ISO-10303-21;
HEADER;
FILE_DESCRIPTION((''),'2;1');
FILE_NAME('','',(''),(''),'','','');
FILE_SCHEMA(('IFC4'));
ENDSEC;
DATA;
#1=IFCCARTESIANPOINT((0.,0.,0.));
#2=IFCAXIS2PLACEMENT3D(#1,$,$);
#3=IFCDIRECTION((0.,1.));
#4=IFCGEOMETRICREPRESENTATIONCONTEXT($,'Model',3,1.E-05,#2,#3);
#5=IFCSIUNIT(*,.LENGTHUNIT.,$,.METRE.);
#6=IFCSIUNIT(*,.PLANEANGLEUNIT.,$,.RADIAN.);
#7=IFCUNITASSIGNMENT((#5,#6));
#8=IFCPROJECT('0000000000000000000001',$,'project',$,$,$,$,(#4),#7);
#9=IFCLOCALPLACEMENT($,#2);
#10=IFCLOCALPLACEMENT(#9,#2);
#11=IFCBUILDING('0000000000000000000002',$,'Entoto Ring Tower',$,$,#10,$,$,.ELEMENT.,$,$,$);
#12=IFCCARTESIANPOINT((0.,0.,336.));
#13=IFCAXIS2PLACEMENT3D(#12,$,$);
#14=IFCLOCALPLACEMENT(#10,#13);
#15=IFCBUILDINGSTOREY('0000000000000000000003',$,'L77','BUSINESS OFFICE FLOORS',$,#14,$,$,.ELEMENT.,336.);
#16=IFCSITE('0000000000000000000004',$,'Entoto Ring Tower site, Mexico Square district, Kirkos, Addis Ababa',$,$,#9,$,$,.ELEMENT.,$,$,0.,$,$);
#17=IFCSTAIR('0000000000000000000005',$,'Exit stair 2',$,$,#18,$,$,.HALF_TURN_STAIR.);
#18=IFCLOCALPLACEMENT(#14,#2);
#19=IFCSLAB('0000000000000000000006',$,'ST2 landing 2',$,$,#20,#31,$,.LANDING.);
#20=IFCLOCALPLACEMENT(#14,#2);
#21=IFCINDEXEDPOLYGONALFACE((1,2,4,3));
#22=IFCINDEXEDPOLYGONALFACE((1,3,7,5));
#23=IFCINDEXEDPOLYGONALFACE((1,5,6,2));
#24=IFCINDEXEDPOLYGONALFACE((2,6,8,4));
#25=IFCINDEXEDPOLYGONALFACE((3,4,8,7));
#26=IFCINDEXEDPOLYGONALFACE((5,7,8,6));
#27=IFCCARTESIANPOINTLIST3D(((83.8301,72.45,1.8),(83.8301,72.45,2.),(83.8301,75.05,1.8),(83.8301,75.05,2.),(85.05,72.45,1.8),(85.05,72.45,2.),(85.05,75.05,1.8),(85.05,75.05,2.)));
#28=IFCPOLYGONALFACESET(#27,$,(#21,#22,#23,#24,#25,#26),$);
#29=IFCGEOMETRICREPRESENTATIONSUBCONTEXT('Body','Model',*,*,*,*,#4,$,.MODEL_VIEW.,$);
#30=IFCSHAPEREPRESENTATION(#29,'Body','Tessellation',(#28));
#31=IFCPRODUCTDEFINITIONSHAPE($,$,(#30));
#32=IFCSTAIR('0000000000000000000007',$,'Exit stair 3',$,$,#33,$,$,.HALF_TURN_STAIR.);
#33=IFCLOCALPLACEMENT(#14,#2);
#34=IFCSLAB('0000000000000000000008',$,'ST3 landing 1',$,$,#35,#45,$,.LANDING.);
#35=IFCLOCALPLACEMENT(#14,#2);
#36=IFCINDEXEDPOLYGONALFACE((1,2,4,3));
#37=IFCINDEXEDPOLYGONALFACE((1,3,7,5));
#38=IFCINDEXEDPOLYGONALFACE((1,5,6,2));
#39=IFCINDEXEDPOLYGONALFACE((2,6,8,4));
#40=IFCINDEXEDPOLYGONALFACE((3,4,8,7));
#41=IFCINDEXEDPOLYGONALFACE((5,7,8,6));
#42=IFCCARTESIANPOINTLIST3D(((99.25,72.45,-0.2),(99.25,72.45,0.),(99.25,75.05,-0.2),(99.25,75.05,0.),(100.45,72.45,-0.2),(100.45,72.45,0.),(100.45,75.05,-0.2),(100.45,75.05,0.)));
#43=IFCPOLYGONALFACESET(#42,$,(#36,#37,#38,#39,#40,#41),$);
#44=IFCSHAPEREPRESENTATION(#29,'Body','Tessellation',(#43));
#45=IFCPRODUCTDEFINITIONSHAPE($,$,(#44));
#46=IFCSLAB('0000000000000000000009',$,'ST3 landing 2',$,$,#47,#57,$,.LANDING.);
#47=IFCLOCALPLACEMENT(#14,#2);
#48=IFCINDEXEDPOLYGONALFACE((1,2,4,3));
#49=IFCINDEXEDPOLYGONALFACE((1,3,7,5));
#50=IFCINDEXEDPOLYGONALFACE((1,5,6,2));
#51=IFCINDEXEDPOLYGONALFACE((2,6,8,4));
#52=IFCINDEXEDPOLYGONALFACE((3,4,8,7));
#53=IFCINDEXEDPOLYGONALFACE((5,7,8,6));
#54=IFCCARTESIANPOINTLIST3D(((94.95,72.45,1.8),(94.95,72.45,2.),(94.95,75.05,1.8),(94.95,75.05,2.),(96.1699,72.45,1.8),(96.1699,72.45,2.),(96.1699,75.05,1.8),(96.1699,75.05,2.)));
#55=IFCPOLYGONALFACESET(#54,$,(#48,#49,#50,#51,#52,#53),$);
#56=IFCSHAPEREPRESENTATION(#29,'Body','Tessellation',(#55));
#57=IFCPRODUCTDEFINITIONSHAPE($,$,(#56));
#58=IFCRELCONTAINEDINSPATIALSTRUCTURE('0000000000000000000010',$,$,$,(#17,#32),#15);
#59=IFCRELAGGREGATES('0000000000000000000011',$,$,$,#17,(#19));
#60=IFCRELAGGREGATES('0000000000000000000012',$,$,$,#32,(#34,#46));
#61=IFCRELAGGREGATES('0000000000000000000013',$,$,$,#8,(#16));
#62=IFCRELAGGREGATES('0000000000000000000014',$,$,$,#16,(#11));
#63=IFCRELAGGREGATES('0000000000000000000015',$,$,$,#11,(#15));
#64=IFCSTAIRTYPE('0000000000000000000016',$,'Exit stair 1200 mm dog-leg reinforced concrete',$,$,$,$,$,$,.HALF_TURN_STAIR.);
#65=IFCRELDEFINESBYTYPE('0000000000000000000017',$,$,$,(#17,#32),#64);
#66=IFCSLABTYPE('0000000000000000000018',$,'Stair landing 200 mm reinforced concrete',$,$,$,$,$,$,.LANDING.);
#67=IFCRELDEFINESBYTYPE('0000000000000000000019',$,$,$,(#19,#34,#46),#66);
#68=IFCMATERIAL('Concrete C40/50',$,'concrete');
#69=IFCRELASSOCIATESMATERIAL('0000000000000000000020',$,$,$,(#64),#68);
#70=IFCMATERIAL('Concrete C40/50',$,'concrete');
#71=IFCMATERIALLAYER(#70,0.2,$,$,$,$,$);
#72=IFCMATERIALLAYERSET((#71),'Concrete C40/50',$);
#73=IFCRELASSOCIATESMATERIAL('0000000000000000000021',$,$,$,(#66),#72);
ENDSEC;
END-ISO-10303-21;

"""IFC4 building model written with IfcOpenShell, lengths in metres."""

from ifc_helpers import new_model, si_unit, direction, frame, origin, place, context, subcontext, project, spatial, polyline, outline, extrude, material, layer, layer_set, type_object, element, aggregate, save


model = new_model("IFC4")

# Units and contexts
model_context = context("Model", 3, precision=1e-05, world=origin(), true_north=direction((0.0, 1.0)))
body_context = subcontext(model_context, "Body", "Model", "MODEL_VIEW")
ifc_project = project(units=[si_unit("LENGTHUNIT", "METRE"), si_unit("PLANEANGLEUNIT", "RADIAN")], contexts=[model_context])

# Site, building, storey
site_placement = place(None, origin())
site = spatial("IfcSite", under=ifc_project, at=site_placement, Name="Entoto Ring Tower site, Mexico Square district, Kirkos, Addis Ababa", CompositionType="ELEMENT", RefElevation=0.0)
building_placement = place(site_placement, origin())
building = spatial("IfcBuilding", under=site, at=building_placement, Name="Entoto Ring Tower", CompositionType="ELEMENT")
storey_placement = place(building_placement, frame((0.0, 0.0, 336.0)))
storey = spatial("IfcBuildingStorey", under=building, at=storey_placement, Name="L77", Description="BUSINESS OFFICE FLOORS", CompositionType="ELEMENT", Elevation=336.0)

# Stairs, slabs
ifc_material_1 = material(Name="Concrete C40/50", Category="concrete")
stair_type = type_object("IfcStairType", Name="Exit stair 1200 mm dog-leg reinforced concrete", PredefinedType="HALF_TURN_STAIR", material=ifc_material_1)
stair_1_placement = place(storey_placement, origin())
stair_1 = element("IfcStair", 1, at=stair_1_placement, inside=storey, type_object=stair_type, Name="Exit stair 2", PredefinedType="HALF_TURN_STAIR")
ifc_material_2 = material(Name="Concrete C40/50", Category="concrete")
ifc_layer_1 = layer(ifc_material_2, 0.2)
ifc_layer_set_1 = layer_set([ifc_layer_1], Name="Concrete C40/50")
slab_type_1 = type_object("IfcSlabType", Name="Stair landing 200 mm reinforced concrete", PredefinedType="LANDING", material=ifc_layer_set_1)
slab_1_placement = place(storey_placement, frame((0.0, 0.0, 1.8)))
slab_1 = element("IfcSlab", 2, at=slab_1_placement, type_object=slab_type_1, Name="ST2 landing 2", PredefinedType="LANDING", context=body_context, shape_type="SweptSolid", body=[
    extrude(outline(polyline([(83.8301, 72.45), (85.05, 72.45), (85.05, 75.05), (83.8301, 75.05), (83.8301, 72.45)])), origin(), (0.0, 0.0, 1.0), 0.2),
])
aggregate(stair_1, [slab_1])
stair_2_placement = place(storey_placement, origin())
stair_2 = element("IfcStair", 3, at=stair_2_placement, inside=storey, type_object=stair_type, Name="Exit stair 3", PredefinedType="HALF_TURN_STAIR")
slab_2_placement = place(storey_placement, frame((0.0, 0.0, -0.2)))
slab_2 = element("IfcSlab", 4, at=slab_2_placement, type_object=slab_type_1, Name="ST3 landing 1", PredefinedType="LANDING", context=body_context, shape_type="SweptSolid", body=[
    extrude(outline(polyline([(100.45, 72.45), (100.45, 75.05), (99.25, 75.05), (99.25, 72.45), (100.45, 72.45)])), origin(), (0.0, 0.0, 1.0), 0.2),
])
slab_3_placement = place(storey_placement, frame((0.0, 0.0, 1.8)))
slab_3 = element("IfcSlab", 5, at=slab_3_placement, type_object=slab_type_1, Name="ST3 landing 2", PredefinedType="LANDING", context=body_context, shape_type="SweptSolid", body=[
    extrude(outline(polyline([(94.95, 72.45), (96.1699, 72.45), (96.1699, 75.05), (94.95, 75.05), (94.95, 72.45)])), origin(), (0.0, 0.0, 1.0), 0.2),
])
aggregate(stair_2, [slab_2, slab_3])

save(model, "model.ifc")
